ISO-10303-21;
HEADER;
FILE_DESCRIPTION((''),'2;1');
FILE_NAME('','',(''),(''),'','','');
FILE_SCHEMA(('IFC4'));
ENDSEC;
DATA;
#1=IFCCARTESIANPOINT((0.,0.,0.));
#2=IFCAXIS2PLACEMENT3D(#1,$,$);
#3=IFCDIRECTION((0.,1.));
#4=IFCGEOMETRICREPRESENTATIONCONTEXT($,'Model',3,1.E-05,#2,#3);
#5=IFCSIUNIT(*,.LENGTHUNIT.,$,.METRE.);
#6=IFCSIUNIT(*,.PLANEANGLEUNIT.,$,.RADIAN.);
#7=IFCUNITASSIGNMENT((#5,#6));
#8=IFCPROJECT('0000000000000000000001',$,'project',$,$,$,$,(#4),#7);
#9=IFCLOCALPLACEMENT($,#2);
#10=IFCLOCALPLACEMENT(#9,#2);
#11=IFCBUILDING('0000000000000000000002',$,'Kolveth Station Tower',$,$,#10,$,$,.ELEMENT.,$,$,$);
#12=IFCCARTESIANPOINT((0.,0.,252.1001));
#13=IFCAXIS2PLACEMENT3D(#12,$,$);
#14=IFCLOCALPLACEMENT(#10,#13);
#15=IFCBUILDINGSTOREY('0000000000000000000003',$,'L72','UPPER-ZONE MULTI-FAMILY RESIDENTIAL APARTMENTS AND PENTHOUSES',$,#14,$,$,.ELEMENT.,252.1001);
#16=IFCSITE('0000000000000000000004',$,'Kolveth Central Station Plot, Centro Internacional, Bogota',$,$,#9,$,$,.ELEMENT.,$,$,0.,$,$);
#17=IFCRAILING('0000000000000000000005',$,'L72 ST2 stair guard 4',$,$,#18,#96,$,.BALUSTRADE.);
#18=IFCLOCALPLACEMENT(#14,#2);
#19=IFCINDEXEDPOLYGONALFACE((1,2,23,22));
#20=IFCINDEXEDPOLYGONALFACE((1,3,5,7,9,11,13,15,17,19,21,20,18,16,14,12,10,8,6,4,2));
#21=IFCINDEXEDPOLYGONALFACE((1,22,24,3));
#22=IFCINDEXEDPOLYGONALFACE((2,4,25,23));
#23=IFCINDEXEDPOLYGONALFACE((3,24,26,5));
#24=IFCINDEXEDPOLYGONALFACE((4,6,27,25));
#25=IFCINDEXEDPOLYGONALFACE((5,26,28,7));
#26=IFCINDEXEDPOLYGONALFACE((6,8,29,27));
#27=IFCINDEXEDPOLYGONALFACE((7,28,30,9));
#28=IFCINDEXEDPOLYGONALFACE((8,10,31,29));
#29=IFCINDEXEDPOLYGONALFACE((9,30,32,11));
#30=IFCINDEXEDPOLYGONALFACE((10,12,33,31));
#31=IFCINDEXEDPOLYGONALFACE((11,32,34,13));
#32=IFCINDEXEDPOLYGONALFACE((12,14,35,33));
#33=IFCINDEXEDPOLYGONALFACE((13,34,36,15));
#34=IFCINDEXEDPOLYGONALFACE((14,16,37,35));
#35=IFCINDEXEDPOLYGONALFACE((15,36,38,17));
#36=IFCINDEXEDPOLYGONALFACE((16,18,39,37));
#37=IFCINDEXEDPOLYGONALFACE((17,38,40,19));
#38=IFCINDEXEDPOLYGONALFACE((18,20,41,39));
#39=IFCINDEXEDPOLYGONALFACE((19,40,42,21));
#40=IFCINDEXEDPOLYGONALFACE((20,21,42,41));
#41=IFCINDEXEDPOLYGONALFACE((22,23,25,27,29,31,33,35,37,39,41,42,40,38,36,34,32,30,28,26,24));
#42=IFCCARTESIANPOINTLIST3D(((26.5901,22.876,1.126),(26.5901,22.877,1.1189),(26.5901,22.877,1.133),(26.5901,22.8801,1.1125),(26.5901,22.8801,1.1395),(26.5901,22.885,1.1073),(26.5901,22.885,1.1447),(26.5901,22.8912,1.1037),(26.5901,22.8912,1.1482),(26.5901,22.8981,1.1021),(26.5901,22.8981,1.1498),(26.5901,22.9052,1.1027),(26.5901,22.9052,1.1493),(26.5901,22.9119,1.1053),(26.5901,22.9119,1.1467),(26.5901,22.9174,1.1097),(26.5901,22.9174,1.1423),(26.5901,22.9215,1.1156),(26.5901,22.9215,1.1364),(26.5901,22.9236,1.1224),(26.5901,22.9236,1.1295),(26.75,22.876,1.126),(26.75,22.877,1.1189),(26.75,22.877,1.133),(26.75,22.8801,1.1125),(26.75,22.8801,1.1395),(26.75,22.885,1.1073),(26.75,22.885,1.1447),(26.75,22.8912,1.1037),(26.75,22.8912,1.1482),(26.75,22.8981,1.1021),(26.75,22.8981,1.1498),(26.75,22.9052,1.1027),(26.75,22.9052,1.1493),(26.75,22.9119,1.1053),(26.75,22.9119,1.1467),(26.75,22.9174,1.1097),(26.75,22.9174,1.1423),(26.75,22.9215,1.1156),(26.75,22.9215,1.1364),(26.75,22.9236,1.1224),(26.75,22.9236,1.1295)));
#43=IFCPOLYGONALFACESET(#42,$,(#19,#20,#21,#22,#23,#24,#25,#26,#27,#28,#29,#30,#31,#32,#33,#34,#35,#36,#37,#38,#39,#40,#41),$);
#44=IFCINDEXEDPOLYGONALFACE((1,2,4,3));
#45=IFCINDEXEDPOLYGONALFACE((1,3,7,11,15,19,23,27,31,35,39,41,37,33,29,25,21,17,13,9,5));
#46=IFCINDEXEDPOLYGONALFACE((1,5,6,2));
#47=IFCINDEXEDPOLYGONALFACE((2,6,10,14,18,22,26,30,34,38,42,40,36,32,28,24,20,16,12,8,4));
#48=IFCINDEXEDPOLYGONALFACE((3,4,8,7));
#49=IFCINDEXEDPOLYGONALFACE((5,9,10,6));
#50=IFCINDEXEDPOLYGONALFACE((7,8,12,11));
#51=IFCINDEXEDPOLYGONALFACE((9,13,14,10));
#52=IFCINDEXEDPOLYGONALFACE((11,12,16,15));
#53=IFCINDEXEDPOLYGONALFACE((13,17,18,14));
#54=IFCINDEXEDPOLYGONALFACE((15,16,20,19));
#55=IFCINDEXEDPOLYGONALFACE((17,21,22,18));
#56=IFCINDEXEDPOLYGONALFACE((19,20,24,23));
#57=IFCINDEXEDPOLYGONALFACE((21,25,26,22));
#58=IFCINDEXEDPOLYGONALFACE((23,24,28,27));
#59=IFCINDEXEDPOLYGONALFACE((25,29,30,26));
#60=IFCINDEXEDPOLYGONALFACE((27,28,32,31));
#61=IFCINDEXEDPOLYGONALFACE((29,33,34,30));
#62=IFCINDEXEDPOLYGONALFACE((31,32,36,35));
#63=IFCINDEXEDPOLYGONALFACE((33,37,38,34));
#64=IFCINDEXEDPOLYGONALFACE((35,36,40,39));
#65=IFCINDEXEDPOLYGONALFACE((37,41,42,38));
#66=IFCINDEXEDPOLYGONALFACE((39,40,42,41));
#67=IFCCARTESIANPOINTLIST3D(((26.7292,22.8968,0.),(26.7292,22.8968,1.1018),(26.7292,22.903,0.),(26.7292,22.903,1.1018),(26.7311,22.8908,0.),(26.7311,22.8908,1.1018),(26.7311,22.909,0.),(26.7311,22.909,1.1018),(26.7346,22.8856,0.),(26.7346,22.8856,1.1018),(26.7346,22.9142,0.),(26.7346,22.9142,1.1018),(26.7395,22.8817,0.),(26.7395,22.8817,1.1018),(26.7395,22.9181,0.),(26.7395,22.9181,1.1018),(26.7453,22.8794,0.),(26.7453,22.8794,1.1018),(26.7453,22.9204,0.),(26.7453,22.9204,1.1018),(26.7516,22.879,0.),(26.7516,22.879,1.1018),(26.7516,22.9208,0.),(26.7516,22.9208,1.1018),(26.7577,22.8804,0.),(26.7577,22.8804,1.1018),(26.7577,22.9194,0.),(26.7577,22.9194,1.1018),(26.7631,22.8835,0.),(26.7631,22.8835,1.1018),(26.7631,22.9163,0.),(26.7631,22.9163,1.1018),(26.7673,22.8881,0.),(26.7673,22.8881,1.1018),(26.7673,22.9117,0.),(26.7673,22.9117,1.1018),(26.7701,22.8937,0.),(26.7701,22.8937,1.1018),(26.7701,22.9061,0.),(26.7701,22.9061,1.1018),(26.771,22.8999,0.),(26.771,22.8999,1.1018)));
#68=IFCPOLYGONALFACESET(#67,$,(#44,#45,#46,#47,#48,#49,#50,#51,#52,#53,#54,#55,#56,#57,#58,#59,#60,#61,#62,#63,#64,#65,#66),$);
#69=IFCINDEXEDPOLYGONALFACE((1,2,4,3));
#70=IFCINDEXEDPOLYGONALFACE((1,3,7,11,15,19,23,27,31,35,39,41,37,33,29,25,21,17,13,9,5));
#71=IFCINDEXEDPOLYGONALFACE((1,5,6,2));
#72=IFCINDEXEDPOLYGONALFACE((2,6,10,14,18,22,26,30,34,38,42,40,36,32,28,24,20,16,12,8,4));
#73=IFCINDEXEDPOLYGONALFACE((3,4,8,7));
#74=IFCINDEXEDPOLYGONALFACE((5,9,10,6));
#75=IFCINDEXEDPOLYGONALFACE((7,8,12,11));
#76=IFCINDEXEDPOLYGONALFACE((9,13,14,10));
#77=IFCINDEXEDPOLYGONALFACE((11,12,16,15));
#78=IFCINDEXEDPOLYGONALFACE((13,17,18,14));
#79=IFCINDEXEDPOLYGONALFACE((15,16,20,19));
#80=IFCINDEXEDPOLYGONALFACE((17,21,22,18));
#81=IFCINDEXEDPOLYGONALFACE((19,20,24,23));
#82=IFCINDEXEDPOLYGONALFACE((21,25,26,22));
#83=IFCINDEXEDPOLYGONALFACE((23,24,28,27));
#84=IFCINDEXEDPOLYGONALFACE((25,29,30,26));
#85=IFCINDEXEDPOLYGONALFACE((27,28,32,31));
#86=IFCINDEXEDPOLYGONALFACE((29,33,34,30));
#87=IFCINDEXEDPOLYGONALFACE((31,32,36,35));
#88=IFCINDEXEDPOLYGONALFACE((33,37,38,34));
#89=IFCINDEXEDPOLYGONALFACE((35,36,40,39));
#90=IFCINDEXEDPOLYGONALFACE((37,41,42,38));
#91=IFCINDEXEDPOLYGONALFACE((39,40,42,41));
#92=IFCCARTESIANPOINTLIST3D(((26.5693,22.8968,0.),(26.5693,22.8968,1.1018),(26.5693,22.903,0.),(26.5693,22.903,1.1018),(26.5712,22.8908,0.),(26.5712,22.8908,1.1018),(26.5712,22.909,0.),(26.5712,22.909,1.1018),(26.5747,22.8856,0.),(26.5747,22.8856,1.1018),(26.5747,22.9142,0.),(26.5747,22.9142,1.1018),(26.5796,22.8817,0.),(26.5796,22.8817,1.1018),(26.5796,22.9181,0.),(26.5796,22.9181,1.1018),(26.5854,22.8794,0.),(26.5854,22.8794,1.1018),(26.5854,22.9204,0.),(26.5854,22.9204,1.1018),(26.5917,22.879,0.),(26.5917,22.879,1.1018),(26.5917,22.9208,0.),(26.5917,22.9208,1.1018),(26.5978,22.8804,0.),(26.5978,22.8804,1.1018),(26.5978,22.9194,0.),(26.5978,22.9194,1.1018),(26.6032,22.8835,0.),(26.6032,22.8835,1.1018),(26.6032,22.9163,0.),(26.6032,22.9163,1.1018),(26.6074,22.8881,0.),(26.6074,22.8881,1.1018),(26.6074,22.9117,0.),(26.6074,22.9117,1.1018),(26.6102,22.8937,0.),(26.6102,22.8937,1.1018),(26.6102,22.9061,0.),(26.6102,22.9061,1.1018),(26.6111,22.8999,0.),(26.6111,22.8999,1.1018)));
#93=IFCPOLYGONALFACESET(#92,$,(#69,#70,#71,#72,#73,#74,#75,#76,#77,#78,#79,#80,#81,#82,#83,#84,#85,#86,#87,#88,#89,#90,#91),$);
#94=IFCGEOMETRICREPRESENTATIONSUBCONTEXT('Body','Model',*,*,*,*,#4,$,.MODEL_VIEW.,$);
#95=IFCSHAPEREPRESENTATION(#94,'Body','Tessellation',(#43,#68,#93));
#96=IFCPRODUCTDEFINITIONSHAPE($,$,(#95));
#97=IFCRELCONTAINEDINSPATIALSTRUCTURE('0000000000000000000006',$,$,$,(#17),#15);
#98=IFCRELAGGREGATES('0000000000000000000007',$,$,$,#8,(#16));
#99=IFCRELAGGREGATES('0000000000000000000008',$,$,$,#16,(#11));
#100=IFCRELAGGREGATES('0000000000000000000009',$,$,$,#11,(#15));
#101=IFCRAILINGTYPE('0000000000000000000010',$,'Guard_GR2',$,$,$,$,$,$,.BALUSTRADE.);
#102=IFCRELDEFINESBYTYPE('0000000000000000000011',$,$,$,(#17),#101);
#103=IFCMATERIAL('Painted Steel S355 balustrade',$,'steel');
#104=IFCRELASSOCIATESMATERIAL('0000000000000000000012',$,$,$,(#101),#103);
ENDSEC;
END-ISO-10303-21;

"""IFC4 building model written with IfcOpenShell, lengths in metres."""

from ifc_helpers import new_model, si_unit, direction, frame, origin, origin_2d, place, context, subcontext, project, spatial, circle, extrude, material, type_object, element, save


model = new_model("IFC4")

# Units and contexts
model_context = context("Model", 3, precision=1e-05, world=origin(), true_north=direction((0.0, 1.0)))
body_context = subcontext(model_context, "Body", "Model", "MODEL_VIEW")
ifc_project = project(units=[si_unit("LENGTHUNIT", "METRE"), si_unit("PLANEANGLEUNIT", "RADIAN")], contexts=[model_context])

# Site, building, storey
site_placement = place(None, origin())
site = spatial("IfcSite", under=ifc_project, at=site_placement, Name="Kolveth Central Station Plot, Centro Internacional, Bogota", CompositionType="ELEMENT", RefElevation=0.0)
building_placement = place(site_placement, origin())
building = spatial("IfcBuilding", under=site, at=building_placement, Name="Kolveth Station Tower", CompositionType="ELEMENT")
storey_placement = place(building_placement, frame((0.0, 0.0, 252.1001)))
storey = spatial("IfcBuildingStorey", under=building, at=storey_placement, Name="L72", Description="UPPER-ZONE MULTI-FAMILY RESIDENTIAL APARTMENTS AND PENTHOUSES", CompositionType="ELEMENT", Elevation=252.1001)

# Railing
ifc_material_1 = material(Name="Painted Steel S355 balustrade", Category="steel")
railing_type_1 = type_object("IfcRailingType", Name="Guard_GR2", PredefinedType="BALUSTRADE", material=ifc_material_1)
railing_1_placement = place(storey_placement, frame((26.75, 22.8999, 0.0)))
element("IfcRailing", 1, at=railing_1_placement, inside=storey, type_object=railing_type_1, Name="L72 ST2 stair guard 4", PredefinedType="BALUSTRADE", context=body_context, shape_type="SweptSolid", body=[
    extrude(circle(Radius=0.0239, at=origin_2d()), frame((0.0, 0.0, 1.126), z_axis=(-1.0, 0.0, 0.0), x_axis=(0.0, -1.0, 0.0)), (0.0, 0.0, 1.0), 0.1599),
    extrude(circle(Radius=0.021, at=origin_2d()), origin(), (0.0, 0.0, 1.0), 1.1018),
    extrude(circle(Radius=0.021, at=origin_2d()), frame((-0.1599, 0.0, 0.0)), (0.0, 0.0, 1.0), 1.1018),
])

save(model, "model.ifc")
